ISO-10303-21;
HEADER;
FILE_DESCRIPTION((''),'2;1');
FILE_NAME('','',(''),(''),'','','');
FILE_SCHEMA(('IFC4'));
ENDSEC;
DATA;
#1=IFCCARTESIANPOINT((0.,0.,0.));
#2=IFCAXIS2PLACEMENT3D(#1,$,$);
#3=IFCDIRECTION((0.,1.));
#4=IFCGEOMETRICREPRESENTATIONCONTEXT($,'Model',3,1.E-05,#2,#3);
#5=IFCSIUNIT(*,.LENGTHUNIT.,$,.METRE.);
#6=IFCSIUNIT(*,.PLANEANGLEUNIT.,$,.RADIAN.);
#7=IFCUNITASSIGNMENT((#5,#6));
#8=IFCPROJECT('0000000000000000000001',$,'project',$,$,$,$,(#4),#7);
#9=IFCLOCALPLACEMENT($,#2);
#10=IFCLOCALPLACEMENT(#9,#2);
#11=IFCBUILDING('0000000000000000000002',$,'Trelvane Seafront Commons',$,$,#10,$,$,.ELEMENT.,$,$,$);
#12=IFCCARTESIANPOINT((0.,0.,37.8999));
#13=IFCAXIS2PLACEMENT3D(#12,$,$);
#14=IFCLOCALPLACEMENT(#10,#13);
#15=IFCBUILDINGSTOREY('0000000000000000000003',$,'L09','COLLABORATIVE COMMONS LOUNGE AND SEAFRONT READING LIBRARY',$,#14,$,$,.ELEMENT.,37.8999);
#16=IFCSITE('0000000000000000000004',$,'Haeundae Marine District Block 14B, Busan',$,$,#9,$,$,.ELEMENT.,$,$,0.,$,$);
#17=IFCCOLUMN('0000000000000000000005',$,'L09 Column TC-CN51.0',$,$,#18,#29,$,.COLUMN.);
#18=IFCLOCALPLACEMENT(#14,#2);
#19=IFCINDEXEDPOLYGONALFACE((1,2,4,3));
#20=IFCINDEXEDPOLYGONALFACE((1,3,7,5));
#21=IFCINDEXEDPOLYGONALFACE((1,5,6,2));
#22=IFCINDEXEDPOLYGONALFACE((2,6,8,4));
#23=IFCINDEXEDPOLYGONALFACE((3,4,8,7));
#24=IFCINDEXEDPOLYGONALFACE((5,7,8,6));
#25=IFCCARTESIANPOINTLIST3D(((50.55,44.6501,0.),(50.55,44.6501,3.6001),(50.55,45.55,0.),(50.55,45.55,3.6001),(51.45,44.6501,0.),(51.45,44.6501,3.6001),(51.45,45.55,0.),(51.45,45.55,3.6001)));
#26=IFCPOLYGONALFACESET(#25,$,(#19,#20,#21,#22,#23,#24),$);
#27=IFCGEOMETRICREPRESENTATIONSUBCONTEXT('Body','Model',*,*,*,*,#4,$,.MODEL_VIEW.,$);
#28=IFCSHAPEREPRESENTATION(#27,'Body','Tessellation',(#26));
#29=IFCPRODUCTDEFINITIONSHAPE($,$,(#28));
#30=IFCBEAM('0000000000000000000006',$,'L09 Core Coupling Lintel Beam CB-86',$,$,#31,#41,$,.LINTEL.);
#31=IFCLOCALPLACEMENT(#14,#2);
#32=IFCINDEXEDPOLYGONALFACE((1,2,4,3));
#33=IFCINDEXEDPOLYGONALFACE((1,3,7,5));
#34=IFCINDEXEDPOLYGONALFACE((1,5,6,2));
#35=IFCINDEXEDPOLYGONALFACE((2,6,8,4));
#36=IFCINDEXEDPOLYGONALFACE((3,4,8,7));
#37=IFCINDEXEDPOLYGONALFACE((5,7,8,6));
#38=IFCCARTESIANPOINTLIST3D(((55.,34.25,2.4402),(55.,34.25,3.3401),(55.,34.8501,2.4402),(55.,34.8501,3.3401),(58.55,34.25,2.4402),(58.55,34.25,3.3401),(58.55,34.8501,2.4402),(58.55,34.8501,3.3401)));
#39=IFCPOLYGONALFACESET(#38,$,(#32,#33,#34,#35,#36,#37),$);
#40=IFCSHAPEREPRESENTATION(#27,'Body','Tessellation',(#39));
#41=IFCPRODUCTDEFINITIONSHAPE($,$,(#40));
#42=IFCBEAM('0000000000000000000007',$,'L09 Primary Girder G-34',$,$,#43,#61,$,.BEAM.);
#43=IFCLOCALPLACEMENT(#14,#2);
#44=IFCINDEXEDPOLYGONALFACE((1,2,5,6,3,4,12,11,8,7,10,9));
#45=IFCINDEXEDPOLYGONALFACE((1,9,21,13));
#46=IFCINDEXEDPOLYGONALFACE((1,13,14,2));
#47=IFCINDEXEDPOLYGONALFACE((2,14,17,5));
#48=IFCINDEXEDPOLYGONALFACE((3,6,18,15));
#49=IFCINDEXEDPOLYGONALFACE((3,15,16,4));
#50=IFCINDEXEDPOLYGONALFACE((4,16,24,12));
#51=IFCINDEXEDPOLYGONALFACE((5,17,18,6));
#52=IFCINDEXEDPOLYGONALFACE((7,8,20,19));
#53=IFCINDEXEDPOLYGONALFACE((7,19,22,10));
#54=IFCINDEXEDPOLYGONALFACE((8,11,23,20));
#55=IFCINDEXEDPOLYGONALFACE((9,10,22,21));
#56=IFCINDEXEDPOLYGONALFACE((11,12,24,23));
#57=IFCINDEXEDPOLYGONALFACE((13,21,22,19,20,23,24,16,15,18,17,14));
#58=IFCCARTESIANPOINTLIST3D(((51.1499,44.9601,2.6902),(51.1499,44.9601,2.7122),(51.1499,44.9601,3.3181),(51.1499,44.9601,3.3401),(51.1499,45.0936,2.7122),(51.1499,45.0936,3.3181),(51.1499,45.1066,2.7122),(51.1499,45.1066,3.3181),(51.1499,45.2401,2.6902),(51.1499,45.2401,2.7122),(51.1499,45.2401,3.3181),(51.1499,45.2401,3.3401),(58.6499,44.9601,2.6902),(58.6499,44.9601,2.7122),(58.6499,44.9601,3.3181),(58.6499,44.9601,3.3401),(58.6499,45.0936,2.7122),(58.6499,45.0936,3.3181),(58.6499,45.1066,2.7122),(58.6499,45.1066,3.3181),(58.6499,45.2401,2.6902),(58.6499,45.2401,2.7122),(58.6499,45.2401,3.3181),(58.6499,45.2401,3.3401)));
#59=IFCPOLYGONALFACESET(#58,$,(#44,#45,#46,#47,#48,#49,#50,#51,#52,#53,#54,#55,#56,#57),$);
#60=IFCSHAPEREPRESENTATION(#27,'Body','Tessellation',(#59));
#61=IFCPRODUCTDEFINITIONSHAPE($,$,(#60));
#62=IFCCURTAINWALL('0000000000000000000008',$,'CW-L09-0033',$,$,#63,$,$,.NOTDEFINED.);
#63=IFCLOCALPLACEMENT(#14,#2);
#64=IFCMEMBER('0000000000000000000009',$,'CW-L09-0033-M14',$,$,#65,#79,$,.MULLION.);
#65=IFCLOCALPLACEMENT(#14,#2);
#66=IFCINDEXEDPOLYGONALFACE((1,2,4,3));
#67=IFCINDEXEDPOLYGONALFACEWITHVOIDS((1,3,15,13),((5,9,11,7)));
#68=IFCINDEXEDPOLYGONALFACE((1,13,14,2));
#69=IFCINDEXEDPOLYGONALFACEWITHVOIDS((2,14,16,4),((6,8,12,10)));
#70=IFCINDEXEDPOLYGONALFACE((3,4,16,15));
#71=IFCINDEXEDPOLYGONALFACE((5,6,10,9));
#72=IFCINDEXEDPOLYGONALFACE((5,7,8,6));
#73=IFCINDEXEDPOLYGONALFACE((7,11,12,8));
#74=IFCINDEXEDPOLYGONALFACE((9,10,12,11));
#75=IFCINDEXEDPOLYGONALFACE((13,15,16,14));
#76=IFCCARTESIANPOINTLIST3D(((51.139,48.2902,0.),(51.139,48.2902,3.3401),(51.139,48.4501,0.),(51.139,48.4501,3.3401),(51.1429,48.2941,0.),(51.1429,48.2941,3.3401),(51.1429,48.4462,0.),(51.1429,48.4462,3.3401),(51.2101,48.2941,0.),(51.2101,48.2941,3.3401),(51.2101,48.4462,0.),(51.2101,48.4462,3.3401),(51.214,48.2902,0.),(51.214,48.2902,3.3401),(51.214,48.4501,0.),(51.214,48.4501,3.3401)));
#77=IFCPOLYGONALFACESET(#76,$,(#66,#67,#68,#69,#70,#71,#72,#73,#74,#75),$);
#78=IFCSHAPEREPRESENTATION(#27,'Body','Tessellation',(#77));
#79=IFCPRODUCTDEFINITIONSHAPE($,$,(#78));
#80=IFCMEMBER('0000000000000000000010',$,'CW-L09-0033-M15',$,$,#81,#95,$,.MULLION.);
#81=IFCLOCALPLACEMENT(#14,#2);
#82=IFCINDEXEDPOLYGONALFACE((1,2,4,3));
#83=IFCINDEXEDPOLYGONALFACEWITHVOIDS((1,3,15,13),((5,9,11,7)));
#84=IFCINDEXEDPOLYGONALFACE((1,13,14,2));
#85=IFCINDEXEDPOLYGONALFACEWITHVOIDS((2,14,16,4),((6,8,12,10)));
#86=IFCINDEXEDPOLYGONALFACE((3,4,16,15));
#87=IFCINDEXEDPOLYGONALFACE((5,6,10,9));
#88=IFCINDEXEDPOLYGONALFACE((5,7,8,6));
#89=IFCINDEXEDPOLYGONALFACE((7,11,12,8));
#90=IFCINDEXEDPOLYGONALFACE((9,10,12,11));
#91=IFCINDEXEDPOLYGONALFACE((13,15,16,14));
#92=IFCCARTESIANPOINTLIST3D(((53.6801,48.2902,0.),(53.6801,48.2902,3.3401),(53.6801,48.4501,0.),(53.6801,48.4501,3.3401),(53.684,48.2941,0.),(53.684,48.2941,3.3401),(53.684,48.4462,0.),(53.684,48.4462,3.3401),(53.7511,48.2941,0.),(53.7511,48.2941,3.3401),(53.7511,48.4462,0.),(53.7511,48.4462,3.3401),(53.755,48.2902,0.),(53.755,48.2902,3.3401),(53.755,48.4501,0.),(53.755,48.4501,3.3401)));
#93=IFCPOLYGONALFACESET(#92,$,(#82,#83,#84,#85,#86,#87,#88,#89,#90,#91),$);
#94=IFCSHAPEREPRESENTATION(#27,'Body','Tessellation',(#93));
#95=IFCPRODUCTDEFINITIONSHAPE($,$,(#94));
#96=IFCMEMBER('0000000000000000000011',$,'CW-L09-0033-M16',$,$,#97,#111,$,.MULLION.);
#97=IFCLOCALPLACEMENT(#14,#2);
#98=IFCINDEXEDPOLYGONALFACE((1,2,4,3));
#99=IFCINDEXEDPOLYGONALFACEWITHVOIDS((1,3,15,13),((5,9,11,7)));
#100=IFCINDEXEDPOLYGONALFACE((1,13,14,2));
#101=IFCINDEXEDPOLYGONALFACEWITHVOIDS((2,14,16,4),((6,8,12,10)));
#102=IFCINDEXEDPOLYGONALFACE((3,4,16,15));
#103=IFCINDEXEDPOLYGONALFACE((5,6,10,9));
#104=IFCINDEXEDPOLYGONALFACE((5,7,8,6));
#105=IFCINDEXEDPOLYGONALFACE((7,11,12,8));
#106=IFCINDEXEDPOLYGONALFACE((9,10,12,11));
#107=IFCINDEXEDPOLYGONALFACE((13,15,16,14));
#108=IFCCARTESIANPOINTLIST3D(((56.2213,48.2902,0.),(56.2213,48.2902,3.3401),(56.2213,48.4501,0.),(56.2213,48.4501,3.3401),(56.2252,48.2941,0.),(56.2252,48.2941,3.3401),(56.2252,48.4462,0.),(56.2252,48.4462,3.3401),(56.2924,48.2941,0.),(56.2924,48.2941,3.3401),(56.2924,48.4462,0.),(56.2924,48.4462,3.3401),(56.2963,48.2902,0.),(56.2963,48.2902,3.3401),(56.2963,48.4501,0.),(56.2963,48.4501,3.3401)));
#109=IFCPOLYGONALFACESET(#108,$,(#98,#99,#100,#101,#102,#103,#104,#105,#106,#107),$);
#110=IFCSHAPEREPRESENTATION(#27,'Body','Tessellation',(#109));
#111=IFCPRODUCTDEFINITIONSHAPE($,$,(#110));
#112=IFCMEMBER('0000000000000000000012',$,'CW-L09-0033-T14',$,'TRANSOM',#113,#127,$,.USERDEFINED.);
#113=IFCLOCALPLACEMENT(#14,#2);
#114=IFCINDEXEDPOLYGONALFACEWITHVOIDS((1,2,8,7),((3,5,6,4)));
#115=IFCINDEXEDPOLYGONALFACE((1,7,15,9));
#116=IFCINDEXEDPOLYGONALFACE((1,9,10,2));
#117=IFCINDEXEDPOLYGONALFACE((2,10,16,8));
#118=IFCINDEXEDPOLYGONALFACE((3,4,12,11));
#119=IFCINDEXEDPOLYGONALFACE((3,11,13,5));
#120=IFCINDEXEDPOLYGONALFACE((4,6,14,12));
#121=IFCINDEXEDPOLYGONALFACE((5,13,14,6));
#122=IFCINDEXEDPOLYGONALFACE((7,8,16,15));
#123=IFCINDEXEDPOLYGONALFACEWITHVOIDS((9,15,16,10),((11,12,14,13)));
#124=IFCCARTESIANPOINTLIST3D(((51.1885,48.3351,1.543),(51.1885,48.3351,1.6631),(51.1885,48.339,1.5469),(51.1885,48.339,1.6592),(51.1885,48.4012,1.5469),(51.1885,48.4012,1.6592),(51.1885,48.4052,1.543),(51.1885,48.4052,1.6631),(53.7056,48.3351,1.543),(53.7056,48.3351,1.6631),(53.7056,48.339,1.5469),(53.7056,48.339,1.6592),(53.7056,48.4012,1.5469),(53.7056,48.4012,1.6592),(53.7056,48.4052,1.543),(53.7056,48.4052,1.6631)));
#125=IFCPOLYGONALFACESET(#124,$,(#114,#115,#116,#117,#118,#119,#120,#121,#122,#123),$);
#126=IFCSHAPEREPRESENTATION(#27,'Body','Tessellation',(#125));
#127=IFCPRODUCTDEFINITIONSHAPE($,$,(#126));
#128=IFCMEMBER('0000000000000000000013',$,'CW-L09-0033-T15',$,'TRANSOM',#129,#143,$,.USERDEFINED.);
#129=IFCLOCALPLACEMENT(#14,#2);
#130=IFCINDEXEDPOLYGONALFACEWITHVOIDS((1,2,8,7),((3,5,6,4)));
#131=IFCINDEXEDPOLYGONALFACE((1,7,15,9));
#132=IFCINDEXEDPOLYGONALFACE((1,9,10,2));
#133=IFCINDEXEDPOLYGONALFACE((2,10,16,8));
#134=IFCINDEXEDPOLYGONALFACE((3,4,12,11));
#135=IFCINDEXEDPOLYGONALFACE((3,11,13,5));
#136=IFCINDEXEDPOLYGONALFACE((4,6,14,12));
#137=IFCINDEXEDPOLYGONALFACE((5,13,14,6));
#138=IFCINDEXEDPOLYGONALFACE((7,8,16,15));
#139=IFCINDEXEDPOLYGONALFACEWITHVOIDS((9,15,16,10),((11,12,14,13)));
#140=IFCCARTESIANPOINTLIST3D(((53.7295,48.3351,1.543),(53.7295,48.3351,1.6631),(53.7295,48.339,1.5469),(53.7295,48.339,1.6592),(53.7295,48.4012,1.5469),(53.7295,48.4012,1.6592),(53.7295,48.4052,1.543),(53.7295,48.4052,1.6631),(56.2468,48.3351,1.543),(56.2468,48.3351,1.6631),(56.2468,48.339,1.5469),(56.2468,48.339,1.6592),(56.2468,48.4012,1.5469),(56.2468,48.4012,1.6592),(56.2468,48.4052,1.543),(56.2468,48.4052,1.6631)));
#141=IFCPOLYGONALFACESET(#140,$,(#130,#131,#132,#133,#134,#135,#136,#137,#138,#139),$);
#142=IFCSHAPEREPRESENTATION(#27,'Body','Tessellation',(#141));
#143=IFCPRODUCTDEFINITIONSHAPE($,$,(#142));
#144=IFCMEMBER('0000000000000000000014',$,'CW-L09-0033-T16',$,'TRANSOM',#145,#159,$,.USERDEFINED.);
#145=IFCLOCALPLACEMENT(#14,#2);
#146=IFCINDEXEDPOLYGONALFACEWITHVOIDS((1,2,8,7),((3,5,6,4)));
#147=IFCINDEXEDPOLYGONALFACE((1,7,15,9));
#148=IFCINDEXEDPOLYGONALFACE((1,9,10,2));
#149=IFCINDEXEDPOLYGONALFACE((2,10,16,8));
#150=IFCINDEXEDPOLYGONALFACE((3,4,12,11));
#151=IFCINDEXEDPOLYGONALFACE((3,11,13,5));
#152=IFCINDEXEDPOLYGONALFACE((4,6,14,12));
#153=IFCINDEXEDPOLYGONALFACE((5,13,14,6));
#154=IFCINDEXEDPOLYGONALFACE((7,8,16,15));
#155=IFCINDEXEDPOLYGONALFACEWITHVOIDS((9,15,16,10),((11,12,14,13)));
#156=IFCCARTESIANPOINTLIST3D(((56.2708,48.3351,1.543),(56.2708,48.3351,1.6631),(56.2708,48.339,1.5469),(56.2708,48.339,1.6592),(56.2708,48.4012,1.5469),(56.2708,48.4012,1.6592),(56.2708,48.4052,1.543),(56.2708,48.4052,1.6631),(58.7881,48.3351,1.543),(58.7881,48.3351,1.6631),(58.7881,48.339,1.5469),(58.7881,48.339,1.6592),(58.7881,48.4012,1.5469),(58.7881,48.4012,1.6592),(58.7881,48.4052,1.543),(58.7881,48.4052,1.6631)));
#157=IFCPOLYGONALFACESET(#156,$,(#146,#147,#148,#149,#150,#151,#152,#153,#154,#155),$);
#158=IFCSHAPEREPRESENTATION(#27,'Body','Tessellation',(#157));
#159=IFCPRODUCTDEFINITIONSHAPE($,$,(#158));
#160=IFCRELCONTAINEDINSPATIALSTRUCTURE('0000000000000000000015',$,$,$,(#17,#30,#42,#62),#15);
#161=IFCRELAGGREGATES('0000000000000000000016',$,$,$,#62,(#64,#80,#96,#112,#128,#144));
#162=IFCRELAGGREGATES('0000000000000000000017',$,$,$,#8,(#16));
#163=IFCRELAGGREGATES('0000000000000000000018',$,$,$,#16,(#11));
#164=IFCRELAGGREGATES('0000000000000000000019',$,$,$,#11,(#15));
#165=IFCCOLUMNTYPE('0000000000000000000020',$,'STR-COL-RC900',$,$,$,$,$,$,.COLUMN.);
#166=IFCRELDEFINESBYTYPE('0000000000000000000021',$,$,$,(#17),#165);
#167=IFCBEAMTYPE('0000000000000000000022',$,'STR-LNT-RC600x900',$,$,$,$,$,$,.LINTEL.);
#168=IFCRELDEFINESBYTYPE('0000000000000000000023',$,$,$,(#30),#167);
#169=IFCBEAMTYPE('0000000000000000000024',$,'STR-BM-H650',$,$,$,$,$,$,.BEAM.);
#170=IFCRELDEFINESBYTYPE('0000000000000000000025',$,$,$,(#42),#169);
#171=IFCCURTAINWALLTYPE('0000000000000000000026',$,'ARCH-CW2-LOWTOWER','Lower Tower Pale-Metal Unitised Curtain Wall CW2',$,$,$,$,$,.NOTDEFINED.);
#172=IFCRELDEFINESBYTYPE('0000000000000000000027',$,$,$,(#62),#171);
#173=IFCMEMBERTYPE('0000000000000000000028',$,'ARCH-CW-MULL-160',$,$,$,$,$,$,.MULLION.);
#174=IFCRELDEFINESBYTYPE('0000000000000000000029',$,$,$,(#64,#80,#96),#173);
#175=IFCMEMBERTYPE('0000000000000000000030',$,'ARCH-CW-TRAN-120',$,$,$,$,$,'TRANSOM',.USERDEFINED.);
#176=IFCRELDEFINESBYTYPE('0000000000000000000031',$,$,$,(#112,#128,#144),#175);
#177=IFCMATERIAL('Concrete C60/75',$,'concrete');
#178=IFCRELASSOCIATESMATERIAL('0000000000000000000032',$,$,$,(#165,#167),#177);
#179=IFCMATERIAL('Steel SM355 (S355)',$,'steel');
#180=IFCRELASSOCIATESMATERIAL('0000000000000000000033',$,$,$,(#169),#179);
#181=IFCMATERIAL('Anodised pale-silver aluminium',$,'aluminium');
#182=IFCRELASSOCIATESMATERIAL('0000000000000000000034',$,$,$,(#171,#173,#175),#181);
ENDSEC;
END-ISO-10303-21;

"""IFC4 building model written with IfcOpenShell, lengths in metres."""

from ifc_helpers import new_model, si_unit, direction, frame, origin, origin_2d, place, context, subcontext, project, spatial, rectangle, hollow_rectangle, i_section, extrude, source, transform, mapped, material, material_profile, profile_set, type_object, element, aggregate, save


model = new_model("IFC4")

# Units and contexts
model_context = context("Model", 3, precision=1e-05, world=origin(), true_north=direction((0.0, 1.0)))
body_context = subcontext(model_context, "Body", "Model", "MODEL_VIEW")
ifc_project = project(units=[si_unit("LENGTHUNIT", "METRE"), si_unit("PLANEANGLEUNIT", "RADIAN")], contexts=[model_context])

# Site, building, storey
site_placement = place(None, origin())
site = spatial("IfcSite", under=ifc_project, at=site_placement, Name="Haeundae Marine District Block 14B, Busan", CompositionType="ELEMENT", RefElevation=0.0)
building_placement = place(site_placement, origin())
building = spatial("IfcBuilding", under=site, at=building_placement, Name="Trelvane Seafront Commons", CompositionType="ELEMENT")
storey_placement = place(building_placement, frame((0.0, 0.0, 37.8999)))
storey = spatial("IfcBuildingStorey", under=building, at=storey_placement, Name="L09", Description="COLLABORATIVE COMMONS LOUNGE AND SEAFRONT READING LIBRARY", CompositionType="ELEMENT", Elevation=37.8999)

# Column
ifc_material_1 = material(Name="Concrete C60/75", Category="concrete")
ifc_material_profile_1 = material_profile(ifc_material_1, rectangle(XDim=0.8999, YDim=0.8999, at=origin_2d()), Name="RC-900x900")
ifc_profile_set_1 = profile_set([ifc_material_profile_1], Name="Concrete C60/75")
column_type = type_object("IfcColumnType", Name="STR-COL-RC900", PredefinedType="COLUMN", material=ifc_profile_set_1)
shared_shape_1 = source(origin(), body_context, "Body", "SweptSolid", [
    extrude(rectangle(XDim=0.8999, YDim=0.8999, at=origin_2d()), origin(), (0.0, 0.0, 1.0), 3.6001),
])
column_placement = place(storey_placement, frame((51.0, 45.1001, 0.0), z_axis=(0.0, 0.0, 1.0), x_axis=(1.0, 0.0, 0.0)))
element("IfcColumn", 1, at=column_placement, inside=storey, type_object=column_type, Name="L09 Column TC-CN51.0", PredefinedType="COLUMN", context=body_context, shape_type="MappedRepresentation", body=[
    mapped(shared_shape_1, transform((0.0, 0.0, 0.0), x_axis=(1.0, 0.0, 0.0), y_axis=(0.0, 1.0, 0.0), z_axis=(0.0, 0.0, 1.0), scale=1.0)),
])

# Beams
ifc_material_profile_2 = material_profile(ifc_material_1, rectangle(XDim=0.6001, YDim=0.8999, at=origin_2d()), Name="RC-600x900")
ifc_profile_set_2 = profile_set([ifc_material_profile_2], Name="Concrete C60/75")
beam_type_1 = type_object("IfcBeamType", Name="STR-LNT-RC600x900", PredefinedType="LINTEL", material=ifc_profile_set_2)
shared_shape_2 = source(origin(), body_context, "Body", "SweptSolid", [
    extrude(rectangle(XDim=0.6001, YDim=0.8999, at=origin_2d()), origin(), (0.0, 0.0, 1.0), 3.55),
])
beam_1_placement = place(storey_placement, frame((55.0, 34.55, 2.8901), z_axis=(1.0, 0.0, 0.0), x_axis=(0.0, 1.0, 0.0)))
element("IfcBeam", 2, at=beam_1_placement, inside=storey, type_object=beam_type_1, Name="L09 Core Coupling Lintel Beam CB-86", PredefinedType="LINTEL", context=body_context, shape_type="MappedRepresentation", body=[
    mapped(shared_shape_2, transform((0.0, 0.0, 0.0), x_axis=(1.0, 0.0, 0.0), y_axis=(0.0, 1.0, 0.0), z_axis=(0.0, 0.0, 1.0), scale=1.0)),
])
ifc_material_2 = material(Name="Steel SM355 (S355)", Category="steel")
ifc_material_profile_3 = material_profile(ifc_material_2, i_section(OverallWidth=0.28, OverallDepth=0.6499, WebThickness=0.0129, FlangeThickness=0.022, at=origin_2d()), Name="H-650x280x13x22")
ifc_profile_set_3 = profile_set([ifc_material_profile_3], Name="Steel SM355 (S355)")
beam_type_2 = type_object("IfcBeamType", Name="STR-BM-H650", PredefinedType="BEAM", material=ifc_profile_set_3)
shared_shape_3 = source(origin(), body_context, "Body", "SweptSolid", [
    extrude(i_section(OverallWidth=0.28, OverallDepth=0.6499, WebThickness=0.0129, FlangeThickness=0.022, at=origin_2d()), origin(), (0.0, 0.0, 1.0), 7.5),
])
beam_2_placement = place(storey_placement, frame((51.1499, 45.1001, 3.0151), z_axis=(1.0, 0.0, 0.0), x_axis=(0.0, 1.0, 0.0)))
element("IfcBeam", 3, at=beam_2_placement, inside=storey, type_object=beam_type_2, Name="L09 Primary Girder G-34", PredefinedType="BEAM", context=body_context, shape_type="MappedRepresentation", body=[
    mapped(shared_shape_3, transform((0.0, 0.0, 0.0), x_axis=(1.0, 0.0, 0.0), y_axis=(0.0, 1.0, 0.0), z_axis=(0.0, 0.0, 1.0), scale=1.0)),
])

# Curtain wall, members
ifc_material_3 = material(Name="Anodised pale-silver aluminium", Category="aluminium")
curtain_wall_type = type_object("IfcCurtainWallType", Name="ARCH-CW2-LOWTOWER", Description="Lower Tower Pale-Metal Unitised Curtain Wall CW2", PredefinedType="NOTDEFINED", material=ifc_material_3)
curtain_wall_placement = place(storey_placement, origin())
curtain_wall = element("IfcCurtainWall", 4, at=curtain_wall_placement, inside=storey, type_object=curtain_wall_type, Name="CW-L09-0033", PredefinedType="NOTDEFINED")
ifc_material_profile_4 = material_profile(ifc_material_3, hollow_rectangle(XDim=0.075, YDim=0.1599, WallThickness=0.0039, at=origin_2d()), Name="MULL-75x160x4")
ifc_profile_set_4 = profile_set([ifc_material_profile_4], Name="Anodised pale-silver aluminium")
member_type_1 = type_object("IfcMemberType", Name="ARCH-CW-MULL-160", PredefinedType="MULLION", material=ifc_profile_set_4)
shared_shape_4 = source(origin(), body_context, "Body", "SweptSolid", [
    extrude(hollow_rectangle(XDim=0.075, YDim=0.1599, WallThickness=0.0039, at=origin_2d()), origin(), (0.0, 0.0, 1.0), 3.3401),
])
member_1_placement = place(storey_placement, frame((51.1765, 48.3701, 0.0), z_axis=(0.0, 0.0, 1.0), x_axis=(1.0, 0.0, 0.0)))
member_1 = element("IfcMember", 5, at=member_1_placement, type_object=member_type_1, Name="CW-L09-0033-M14", PredefinedType="MULLION", context=body_context, shape_type="MappedRepresentation", body=[
    mapped(shared_shape_4, transform((0.0, 0.0, 0.0), x_axis=(1.0, 0.0, 0.0), y_axis=(0.0, 1.0, 0.0), z_axis=(0.0, 0.0, 1.0), scale=1.0)),
])
member_2_placement = place(storey_placement, frame((53.7175, 48.3701, 0.0), z_axis=(0.0, 0.0, 1.0), x_axis=(1.0, 0.0, 0.0)))
member_2 = element("IfcMember", 6, at=member_2_placement, type_object=member_type_1, Name="CW-L09-0033-M15", PredefinedType="MULLION", context=body_context, shape_type="MappedRepresentation", body=[
    mapped(shared_shape_4, transform((0.0, 0.0, 0.0), x_axis=(1.0, 0.0, 0.0), y_axis=(0.0, 1.0, 0.0), z_axis=(0.0, 0.0, 1.0), scale=1.0)),
])
member_3_placement = place(storey_placement, frame((56.2588, 48.3701, 0.0), z_axis=(0.0, 0.0, 1.0), x_axis=(1.0, 0.0, 0.0)))
member_3 = element("IfcMember", 7, at=member_3_placement, type_object=member_type_1, Name="CW-L09-0033-M16", PredefinedType="MULLION", context=body_context, shape_type="MappedRepresentation", body=[
    mapped(shared_shape_4, transform((0.0, 0.0, 0.0), x_axis=(1.0, 0.0, 0.0), y_axis=(0.0, 1.0, 0.0), z_axis=(0.0, 0.0, 1.0), scale=1.0)),
])
ifc_material_profile_5 = material_profile(ifc_material_3, hollow_rectangle(XDim=0.0701, YDim=0.1201, WallThickness=0.0039, at=origin_2d()), Name="TRAN-70x120x4")
ifc_profile_set_5 = profile_set([ifc_material_profile_5], Name="Anodised pale-silver aluminium")
member_type_2 = type_object("IfcMemberType", Name="ARCH-CW-TRAN-120", ElementType="TRANSOM", PredefinedType="USERDEFINED", material=ifc_profile_set_5)
shared_shape_5 = source(origin(), body_context, "Body", "SweptSolid", [
    extrude(hollow_rectangle(XDim=0.0701, YDim=0.1201, WallThickness=0.0039, at=origin_2d()), origin(), (0.0, 0.0, 1.0), 2.5171),
])
member_4_placement = place(storey_placement, frame((51.1885, 48.3701, 1.603), z_axis=(1.0, 0.0, 0.0), x_axis=(0.0, 1.0, 0.0)))
member_4 = element("IfcMember", 8, at=member_4_placement, type_object=member_type_2, Name="CW-L09-0033-T14", ObjectType="TRANSOM", PredefinedType="USERDEFINED", context=body_context, shape_type="MappedRepresentation", body=[
    mapped(shared_shape_5, transform((0.0, 0.0, 0.0), x_axis=(1.0, 0.0, 0.0), y_axis=(0.0, 1.0, 0.0), z_axis=(0.0, 0.0, 1.0), scale=1.0)),
])
shared_shape_6 = source(origin(), body_context, "Body", "SweptSolid", [
    extrude(hollow_rectangle(XDim=0.0701, YDim=0.1201, WallThickness=0.0039, at=origin_2d()), origin(), (0.0, 0.0, 1.0), 2.5173),
])
member_5_placement = place(storey_placement, frame((53.7295, 48.3701, 1.603), z_axis=(1.0, 0.0, 0.0), x_axis=(0.0, 1.0, 0.0)))
member_5 = element("IfcMember", 9, at=member_5_placement, type_object=member_type_2, Name="CW-L09-0033-T15", ObjectType="TRANSOM", PredefinedType="USERDEFINED", context=body_context, shape_type="MappedRepresentation", body=[
    mapped(shared_shape_6, transform((0.0, 0.0, 0.0), x_axis=(1.0, 0.0, 0.0), y_axis=(0.0, 1.0, 0.0), z_axis=(0.0, 0.0, 1.0), scale=1.0)),
])
member_6_placement = place(storey_placement, frame((56.2708, 48.3701, 1.603), z_axis=(1.0, 0.0, 0.0), x_axis=(0.0, 1.0, 0.0)))
member_6 = element("IfcMember", 10, at=member_6_placement, type_object=member_type_2, Name="CW-L09-0033-T16", ObjectType="TRANSOM", PredefinedType="USERDEFINED", context=body_context, shape_type="MappedRepresentation", body=[
    mapped(shared_shape_6, transform((0.0, 0.0, 0.0), x_axis=(1.0, 0.0, 0.0), y_axis=(0.0, 1.0, 0.0), z_axis=(0.0, 0.0, 1.0), scale=1.0)),
])
aggregate(curtain_wall, [member_1, member_2, member_3, member_4, member_5, member_6])

save(model, "model.ifc")
